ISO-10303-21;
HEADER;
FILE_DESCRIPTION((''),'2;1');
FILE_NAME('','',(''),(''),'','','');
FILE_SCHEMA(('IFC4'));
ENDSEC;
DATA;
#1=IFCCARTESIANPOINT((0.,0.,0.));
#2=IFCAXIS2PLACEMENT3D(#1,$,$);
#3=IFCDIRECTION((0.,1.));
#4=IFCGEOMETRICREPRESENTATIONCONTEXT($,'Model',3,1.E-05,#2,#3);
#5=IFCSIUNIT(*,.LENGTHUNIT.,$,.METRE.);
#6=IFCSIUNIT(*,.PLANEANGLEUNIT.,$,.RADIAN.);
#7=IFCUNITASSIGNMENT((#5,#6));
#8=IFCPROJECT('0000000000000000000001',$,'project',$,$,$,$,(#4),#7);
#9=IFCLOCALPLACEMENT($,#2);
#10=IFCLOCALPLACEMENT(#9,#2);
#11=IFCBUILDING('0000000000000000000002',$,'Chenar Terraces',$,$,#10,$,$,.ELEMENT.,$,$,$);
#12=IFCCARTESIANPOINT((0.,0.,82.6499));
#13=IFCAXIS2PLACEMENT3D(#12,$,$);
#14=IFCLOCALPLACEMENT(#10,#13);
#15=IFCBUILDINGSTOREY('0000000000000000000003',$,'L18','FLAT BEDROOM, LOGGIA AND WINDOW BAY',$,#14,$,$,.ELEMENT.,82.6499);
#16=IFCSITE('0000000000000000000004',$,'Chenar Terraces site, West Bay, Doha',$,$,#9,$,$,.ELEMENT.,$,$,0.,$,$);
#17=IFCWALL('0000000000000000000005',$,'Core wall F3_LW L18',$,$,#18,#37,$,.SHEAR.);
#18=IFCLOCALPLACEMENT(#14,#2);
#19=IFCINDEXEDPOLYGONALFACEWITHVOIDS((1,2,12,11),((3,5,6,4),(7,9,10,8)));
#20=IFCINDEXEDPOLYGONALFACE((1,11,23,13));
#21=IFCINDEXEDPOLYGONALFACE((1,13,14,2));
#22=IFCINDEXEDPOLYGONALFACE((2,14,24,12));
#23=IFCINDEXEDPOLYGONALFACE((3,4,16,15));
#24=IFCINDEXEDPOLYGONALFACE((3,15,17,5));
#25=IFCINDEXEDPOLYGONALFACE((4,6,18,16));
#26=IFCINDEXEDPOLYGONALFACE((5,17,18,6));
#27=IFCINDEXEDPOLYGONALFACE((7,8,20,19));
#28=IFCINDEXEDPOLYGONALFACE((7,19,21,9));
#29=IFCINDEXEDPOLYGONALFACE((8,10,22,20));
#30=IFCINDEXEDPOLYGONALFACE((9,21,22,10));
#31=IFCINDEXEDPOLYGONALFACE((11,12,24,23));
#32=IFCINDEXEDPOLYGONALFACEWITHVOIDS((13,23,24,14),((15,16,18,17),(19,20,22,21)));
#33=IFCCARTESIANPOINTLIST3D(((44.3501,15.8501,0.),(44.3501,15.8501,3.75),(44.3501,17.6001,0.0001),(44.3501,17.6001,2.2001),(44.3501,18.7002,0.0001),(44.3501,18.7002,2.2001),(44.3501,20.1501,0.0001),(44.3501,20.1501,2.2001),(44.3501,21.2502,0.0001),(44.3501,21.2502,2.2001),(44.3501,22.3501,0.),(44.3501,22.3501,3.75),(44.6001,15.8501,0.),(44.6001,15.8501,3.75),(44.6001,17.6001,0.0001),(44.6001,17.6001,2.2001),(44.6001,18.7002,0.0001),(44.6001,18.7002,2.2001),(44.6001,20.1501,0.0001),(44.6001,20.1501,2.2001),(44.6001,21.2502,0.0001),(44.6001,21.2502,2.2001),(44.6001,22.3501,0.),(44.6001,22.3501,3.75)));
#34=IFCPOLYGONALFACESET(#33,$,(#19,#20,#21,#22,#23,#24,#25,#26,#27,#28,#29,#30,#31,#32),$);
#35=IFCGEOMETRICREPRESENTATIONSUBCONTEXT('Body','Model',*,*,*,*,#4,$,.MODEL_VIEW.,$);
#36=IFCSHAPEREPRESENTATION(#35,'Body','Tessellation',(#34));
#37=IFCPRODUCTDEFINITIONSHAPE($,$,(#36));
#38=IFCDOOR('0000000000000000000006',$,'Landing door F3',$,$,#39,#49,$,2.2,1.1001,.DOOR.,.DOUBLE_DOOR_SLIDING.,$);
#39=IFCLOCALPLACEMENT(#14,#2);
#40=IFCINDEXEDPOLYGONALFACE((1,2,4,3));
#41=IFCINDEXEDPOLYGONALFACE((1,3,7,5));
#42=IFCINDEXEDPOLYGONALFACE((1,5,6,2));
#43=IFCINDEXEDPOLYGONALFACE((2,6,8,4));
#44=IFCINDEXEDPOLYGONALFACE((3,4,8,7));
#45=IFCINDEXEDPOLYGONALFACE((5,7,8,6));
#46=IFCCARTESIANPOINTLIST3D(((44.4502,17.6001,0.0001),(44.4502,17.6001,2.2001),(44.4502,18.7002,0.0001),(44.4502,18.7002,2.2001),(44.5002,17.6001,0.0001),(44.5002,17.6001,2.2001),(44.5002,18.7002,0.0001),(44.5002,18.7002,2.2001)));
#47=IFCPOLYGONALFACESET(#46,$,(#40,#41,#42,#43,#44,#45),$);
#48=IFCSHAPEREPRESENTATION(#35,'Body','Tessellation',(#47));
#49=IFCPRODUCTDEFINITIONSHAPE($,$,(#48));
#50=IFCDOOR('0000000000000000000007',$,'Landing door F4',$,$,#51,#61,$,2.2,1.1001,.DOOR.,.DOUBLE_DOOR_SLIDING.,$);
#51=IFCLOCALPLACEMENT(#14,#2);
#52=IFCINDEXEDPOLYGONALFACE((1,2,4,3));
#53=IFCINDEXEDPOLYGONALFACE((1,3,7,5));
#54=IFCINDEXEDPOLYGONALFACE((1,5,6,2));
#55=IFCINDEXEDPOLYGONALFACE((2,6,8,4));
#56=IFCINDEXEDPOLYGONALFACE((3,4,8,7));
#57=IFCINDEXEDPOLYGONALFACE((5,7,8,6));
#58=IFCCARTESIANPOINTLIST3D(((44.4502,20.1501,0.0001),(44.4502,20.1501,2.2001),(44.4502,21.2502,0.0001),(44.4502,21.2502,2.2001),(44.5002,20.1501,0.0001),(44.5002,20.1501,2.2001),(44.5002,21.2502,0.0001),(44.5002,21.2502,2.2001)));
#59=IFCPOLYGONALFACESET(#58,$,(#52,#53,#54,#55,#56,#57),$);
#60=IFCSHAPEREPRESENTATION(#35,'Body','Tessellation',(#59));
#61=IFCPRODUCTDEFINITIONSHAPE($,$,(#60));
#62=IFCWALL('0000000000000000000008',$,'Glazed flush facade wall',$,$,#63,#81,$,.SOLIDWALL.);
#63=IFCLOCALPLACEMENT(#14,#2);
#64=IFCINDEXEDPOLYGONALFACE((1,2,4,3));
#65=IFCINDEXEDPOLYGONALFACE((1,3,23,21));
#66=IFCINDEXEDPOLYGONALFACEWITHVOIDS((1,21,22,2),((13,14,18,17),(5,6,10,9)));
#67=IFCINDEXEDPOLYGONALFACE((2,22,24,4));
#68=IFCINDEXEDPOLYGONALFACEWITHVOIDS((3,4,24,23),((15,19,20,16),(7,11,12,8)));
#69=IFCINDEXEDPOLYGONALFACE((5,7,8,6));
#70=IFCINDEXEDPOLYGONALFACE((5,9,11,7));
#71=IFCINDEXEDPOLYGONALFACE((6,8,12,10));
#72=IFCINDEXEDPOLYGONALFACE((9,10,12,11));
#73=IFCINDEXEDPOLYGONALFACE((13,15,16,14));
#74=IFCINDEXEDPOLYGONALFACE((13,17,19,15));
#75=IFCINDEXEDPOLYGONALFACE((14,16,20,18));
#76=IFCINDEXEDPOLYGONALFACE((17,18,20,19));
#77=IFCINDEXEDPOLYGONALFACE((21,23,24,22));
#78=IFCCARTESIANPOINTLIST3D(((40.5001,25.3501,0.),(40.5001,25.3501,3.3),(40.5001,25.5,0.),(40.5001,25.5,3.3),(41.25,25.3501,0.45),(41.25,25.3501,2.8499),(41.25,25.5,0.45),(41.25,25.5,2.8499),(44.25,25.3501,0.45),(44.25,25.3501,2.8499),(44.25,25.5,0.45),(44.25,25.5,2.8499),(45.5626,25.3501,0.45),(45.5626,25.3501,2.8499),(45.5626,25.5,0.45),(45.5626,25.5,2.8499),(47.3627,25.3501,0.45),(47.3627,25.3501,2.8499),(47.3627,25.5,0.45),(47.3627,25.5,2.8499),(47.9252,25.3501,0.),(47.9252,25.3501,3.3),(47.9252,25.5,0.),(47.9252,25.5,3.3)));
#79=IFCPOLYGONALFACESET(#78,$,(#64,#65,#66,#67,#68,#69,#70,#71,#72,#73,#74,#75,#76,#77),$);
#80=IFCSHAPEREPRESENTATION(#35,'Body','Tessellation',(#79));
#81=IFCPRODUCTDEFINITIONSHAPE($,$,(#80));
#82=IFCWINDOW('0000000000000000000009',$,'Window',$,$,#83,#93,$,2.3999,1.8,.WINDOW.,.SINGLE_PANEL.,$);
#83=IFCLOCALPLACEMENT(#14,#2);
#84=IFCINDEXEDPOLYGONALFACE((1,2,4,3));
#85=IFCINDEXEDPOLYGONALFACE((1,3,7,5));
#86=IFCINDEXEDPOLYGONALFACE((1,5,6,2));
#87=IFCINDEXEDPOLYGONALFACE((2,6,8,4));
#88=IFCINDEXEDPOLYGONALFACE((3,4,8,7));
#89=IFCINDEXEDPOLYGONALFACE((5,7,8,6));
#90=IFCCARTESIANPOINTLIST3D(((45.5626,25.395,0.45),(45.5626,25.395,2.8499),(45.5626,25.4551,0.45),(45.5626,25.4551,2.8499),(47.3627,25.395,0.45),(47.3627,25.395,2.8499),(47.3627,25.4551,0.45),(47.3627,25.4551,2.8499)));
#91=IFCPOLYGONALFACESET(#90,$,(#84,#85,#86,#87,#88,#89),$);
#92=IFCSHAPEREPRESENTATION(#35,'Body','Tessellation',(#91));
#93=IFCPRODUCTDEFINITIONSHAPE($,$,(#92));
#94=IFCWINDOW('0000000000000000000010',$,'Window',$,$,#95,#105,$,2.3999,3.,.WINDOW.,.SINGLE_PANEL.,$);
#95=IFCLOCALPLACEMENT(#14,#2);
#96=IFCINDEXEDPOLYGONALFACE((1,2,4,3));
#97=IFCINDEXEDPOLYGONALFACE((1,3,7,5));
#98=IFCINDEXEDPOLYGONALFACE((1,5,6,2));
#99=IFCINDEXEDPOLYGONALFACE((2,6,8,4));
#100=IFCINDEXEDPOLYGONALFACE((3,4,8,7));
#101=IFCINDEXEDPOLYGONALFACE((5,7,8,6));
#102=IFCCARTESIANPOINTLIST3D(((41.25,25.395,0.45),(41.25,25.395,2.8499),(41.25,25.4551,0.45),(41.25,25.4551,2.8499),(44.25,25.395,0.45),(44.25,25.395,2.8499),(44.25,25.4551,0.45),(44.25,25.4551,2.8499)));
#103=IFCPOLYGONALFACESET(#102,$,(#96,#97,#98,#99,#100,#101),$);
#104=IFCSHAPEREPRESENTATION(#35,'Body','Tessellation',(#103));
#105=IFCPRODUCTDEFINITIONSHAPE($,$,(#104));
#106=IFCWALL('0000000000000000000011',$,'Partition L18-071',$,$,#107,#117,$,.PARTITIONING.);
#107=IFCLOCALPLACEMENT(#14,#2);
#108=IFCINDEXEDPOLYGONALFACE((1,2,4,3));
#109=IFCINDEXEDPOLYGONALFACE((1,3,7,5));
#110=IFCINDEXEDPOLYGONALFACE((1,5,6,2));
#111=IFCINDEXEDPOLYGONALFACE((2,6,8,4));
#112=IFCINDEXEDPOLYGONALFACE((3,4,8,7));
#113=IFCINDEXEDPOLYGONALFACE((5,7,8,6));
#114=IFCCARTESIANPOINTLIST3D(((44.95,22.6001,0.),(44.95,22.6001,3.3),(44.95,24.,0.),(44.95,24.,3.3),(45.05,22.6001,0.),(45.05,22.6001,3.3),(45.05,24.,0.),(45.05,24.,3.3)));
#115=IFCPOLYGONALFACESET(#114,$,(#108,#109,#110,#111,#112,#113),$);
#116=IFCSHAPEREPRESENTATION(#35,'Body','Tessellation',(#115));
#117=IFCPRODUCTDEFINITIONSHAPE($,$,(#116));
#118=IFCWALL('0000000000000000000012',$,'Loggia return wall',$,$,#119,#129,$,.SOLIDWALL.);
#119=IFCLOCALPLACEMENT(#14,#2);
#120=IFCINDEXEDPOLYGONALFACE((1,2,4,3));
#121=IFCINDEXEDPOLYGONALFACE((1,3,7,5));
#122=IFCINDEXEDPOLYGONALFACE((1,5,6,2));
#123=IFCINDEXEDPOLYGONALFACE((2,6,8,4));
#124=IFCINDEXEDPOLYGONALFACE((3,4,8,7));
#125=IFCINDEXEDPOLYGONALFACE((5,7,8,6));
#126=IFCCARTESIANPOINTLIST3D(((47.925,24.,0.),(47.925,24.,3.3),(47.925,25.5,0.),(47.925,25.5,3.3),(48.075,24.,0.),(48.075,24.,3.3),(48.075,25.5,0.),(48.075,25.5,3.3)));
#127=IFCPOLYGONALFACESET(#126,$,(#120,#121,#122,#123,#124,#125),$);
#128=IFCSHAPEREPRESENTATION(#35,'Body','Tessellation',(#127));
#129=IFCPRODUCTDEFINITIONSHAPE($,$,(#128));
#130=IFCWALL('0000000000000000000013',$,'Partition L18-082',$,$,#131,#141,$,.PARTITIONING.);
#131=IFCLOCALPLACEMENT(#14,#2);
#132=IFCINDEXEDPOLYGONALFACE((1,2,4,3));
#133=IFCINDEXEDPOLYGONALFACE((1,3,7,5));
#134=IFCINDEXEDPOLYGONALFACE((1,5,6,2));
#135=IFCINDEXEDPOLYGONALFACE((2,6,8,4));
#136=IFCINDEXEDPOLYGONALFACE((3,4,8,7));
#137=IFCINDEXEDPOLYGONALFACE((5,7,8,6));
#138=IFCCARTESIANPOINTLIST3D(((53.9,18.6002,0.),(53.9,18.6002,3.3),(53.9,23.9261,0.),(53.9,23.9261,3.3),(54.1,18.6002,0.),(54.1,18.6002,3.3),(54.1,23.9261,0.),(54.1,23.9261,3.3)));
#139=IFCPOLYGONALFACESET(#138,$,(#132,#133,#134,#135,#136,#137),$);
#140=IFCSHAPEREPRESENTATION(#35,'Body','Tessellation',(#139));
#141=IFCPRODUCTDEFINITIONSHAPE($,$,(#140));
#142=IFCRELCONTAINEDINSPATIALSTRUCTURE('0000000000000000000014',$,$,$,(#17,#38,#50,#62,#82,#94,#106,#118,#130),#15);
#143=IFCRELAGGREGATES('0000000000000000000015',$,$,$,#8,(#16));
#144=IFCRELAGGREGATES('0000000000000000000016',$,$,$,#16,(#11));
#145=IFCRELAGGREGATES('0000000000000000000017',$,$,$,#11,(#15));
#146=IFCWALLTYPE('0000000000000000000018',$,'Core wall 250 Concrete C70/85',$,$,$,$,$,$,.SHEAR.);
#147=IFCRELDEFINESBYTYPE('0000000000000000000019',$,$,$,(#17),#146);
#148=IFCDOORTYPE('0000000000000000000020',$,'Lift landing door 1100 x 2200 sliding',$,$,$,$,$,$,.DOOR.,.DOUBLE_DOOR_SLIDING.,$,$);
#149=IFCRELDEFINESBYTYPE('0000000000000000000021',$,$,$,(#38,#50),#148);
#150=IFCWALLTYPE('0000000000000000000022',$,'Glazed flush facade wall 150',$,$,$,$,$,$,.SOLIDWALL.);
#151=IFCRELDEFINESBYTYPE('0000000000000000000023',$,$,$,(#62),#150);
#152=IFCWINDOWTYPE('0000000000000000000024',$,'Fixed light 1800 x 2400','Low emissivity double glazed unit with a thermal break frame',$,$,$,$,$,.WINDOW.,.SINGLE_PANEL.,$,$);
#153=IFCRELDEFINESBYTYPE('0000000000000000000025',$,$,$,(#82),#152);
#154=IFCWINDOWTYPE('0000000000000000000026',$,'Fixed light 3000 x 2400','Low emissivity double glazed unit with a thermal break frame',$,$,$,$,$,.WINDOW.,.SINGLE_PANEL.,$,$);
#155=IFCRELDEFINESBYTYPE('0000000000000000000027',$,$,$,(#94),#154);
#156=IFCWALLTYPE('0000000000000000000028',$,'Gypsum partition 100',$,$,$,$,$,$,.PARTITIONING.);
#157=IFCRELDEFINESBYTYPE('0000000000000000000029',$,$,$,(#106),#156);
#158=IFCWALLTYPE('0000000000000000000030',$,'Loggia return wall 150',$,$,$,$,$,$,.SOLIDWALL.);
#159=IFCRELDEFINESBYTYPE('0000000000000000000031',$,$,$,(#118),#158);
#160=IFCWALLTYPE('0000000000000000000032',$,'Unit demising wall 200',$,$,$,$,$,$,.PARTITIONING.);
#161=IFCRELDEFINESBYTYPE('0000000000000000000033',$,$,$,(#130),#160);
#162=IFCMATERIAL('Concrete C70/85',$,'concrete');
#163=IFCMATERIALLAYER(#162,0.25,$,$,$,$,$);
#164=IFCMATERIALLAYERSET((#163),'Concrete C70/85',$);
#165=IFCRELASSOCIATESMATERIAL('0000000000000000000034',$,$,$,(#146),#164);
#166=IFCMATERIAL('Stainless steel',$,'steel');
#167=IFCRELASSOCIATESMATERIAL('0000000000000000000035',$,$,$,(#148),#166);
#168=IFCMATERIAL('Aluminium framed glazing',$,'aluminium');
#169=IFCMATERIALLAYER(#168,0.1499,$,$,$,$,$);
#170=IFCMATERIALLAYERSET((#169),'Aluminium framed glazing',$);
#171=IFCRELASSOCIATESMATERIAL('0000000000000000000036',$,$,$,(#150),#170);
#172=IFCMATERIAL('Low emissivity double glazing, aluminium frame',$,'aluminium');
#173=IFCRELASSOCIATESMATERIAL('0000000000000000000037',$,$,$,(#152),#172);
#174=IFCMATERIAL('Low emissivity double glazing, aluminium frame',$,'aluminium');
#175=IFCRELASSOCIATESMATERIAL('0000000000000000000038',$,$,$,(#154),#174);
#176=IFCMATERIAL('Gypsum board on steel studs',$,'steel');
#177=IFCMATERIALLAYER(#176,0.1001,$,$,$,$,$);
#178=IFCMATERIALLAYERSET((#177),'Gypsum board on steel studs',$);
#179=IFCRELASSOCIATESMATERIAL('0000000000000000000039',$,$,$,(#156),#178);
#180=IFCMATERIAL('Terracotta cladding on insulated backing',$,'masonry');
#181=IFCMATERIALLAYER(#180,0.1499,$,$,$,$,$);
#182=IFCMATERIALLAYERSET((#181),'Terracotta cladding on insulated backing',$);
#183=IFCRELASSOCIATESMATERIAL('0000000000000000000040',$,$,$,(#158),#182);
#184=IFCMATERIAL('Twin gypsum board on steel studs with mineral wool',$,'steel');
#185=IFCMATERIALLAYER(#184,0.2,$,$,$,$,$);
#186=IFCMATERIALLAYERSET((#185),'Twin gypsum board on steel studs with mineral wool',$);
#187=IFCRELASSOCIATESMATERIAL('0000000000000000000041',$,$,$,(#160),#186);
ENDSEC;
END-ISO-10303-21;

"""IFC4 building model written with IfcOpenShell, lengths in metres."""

from ifc_helpers import new_model, si_unit, direction, frame, frame_2d, origin, place, context, subcontext, project, spatial, rectangle, extrude, material, layer, layer_set, type_object, element, fill, save


model = new_model("IFC4")

# Units and contexts
model_context = context("Model", 3, precision=1e-05, world=origin(), true_north=direction((0.0, 1.0)))
body_context = subcontext(model_context, "Body", "Model", "MODEL_VIEW")
ifc_project = project(units=[si_unit("LENGTHUNIT", "METRE"), si_unit("PLANEANGLEUNIT", "RADIAN")], contexts=[model_context])

# Site, building, storey
site_placement = place(None, origin())
site = spatial("IfcSite", under=ifc_project, at=site_placement, Name="Chenar Terraces site, West Bay, Doha", CompositionType="ELEMENT", RefElevation=0.0)
building_placement = place(site_placement, origin())
building = spatial("IfcBuilding", under=site, at=building_placement, Name="Chenar Terraces", CompositionType="ELEMENT")
storey_placement = place(building_placement, frame((0.0, 0.0, 82.6499)))
storey = spatial("IfcBuildingStorey", under=building, at=storey_placement, Name="L18", Description="FLAT BEDROOM, LOGGIA AND WINDOW BAY", CompositionType="ELEMENT", Elevation=82.6499)

# Shared definitions
ifc_material_1 = material(Name="Concrete C70/85", Category="concrete")
ifc_layer_1 = layer(ifc_material_1, 0.25)
ifc_layer_set_1 = layer_set([ifc_layer_1], Name="Concrete C70/85")
wall_type_1 = type_object("IfcWallType", Name="Core wall 250 Concrete C70/85", PredefinedType="SHEAR", material=ifc_layer_set_1)

# Wall, openings, doors
wall_1_placement = place(storey_placement, frame((44.4751, 15.8501, 0.0), z_axis=(0.0, 0.0, 1.0), x_axis=(0.0, 1.0, 0.0)))
wall_1 = element("IfcWall", 1, at=wall_1_placement, inside=storey, type_object=wall_type_1, Name="Core wall F3_LW L18", PredefinedType="SHEAR", context=body_context, shape_type="SweptSolid", body=[
    extrude(rectangle(XDim=6.5, YDim=0.25, at=frame_2d((3.25, 0.0))), origin(), (0.0, 0.0, 1.0), 3.75),
])
opening_1_placement = place(wall_1_placement, frame((1.75, 0.0, 0.0)))
opening_1 = element("IfcOpeningElement", 2, at=opening_1_placement, cuts=wall_1, PredefinedType="OPENING", context=body_context, shape_type="SweptSolid", body=[
    extrude(rectangle(XDim=1.1001, YDim=2.2, at=frame_2d((0.55, 1.1001))), frame((0.0, 0.135, 0.0), z_axis=(0.0, -1.0, 0.0), x_axis=(1.0, 0.0, 0.0)), (0.0, 0.0, 1.0), 0.27),
])
opening_2_placement = place(wall_1_placement, frame((4.3, 0.0, 0.0)))
opening_2 = element("IfcOpeningElement", 3, at=opening_2_placement, cuts=wall_1, PredefinedType="OPENING", context=body_context, shape_type="SweptSolid", body=[
    extrude(rectangle(XDim=1.1001, YDim=2.2, at=frame_2d((0.55, 1.1001))), frame((0.0, 0.135, 0.0), z_axis=(0.0, -1.0, 0.0), x_axis=(1.0, 0.0, 0.0)), (0.0, 0.0, 1.0), 0.27),
])
ifc_material_2 = material(Name="Stainless steel", Category="steel")
door_type_1 = type_object("IfcDoorType", Name="Lift landing door 1100 x 2200 sliding", OperationType="DOUBLE_DOOR_SLIDING", PredefinedType="DOOR", material=ifc_material_2)
door_1_placement = place(opening_1_placement, origin())
door_1 = element("IfcDoor", 4, at=door_1_placement, inside=storey, type_object=door_type_1, Name="Landing door F3", OperationType="DOUBLE_DOOR_SLIDING", OverallHeight=2.2, OverallWidth=1.1001, PredefinedType="DOOR", context=body_context, shape_type="SweptSolid", body=[
    extrude(rectangle(XDim=1.1001, YDim=2.2, at=frame_2d((0.55, 1.1001))), frame((0.0, 0.0249, 0.0), z_axis=(0.0, -1.0, 0.0), x_axis=(1.0, 0.0, 0.0)), (0.0, 0.0, 1.0), 0.05),
])
fill(opening_1, door_1)
door_2_placement = place(opening_2_placement, origin())
door_2 = element("IfcDoor", 5, at=door_2_placement, inside=storey, type_object=door_type_1, Name="Landing door F4", OperationType="DOUBLE_DOOR_SLIDING", OverallHeight=2.2, OverallWidth=1.1001, PredefinedType="DOOR", context=body_context, shape_type="SweptSolid", body=[
    extrude(rectangle(XDim=1.1001, YDim=2.2, at=frame_2d((0.55, 1.1001))), frame((0.0, 0.0249, 0.0), z_axis=(0.0, -1.0, 0.0), x_axis=(1.0, 0.0, 0.0)), (0.0, 0.0, 1.0), 0.05),
])
fill(opening_2, door_2)

# Wall, openings, windows
ifc_material_3 = material(Name="Aluminium framed glazing", Category="aluminium")
ifc_layer_2 = layer(ifc_material_3, 0.1499)
ifc_layer_set_2 = layer_set([ifc_layer_2], Name="Aluminium framed glazing")
wall_type_2 = type_object("IfcWallType", Name="Glazed flush facade wall 150", PredefinedType="SOLIDWALL", material=ifc_layer_set_2)
wall_2_placement = place(storey_placement, frame((47.925, 25.425, 0.0), z_axis=(0.0, 0.0, 1.0), x_axis=(-1.0, 0.0, 0.0)))
wall_2 = element("IfcWall", 6, at=wall_2_placement, inside=storey, type_object=wall_type_2, Name="Glazed flush facade wall", PredefinedType="SOLIDWALL", context=body_context, shape_type="SweptSolid", body=[
    extrude(rectangle(XDim=7.425, YDim=0.1499, at=frame_2d((3.7124, 0.0))), origin(), (0.0, 0.0, 1.0), 3.3),
])
opening_3_placement = place(wall_2_placement, frame((0.5625, 0.0, 0.45)))
opening_3 = element("IfcOpeningElement", 7, at=opening_3_placement, cuts=wall_2, PredefinedType="OPENING", context=body_context, shape_type="SweptSolid", body=[
    extrude(rectangle(XDim=1.8, YDim=2.3999, at=frame_2d((0.8999, 1.2))), frame((0.0, 0.085, 0.0), z_axis=(0.0, -1.0, 0.0), x_axis=(1.0, 0.0, 0.0)), (0.0, 0.0, 1.0), 0.1699),
])
opening_4_placement = place(wall_2_placement, frame((3.675, 0.0, 0.45)))
opening_4 = element("IfcOpeningElement", 8, at=opening_4_placement, cuts=wall_2, PredefinedType="OPENING", context=body_context, shape_type="SweptSolid", body=[
    extrude(rectangle(XDim=3.0, YDim=2.3999, at=frame_2d((1.5, 1.2))), frame((0.0, 0.085, 0.0), z_axis=(0.0, -1.0, 0.0), x_axis=(1.0, 0.0, 0.0)), (0.0, 0.0, 1.0), 0.1699),
])
ifc_material_4 = material(Name="Low emissivity double glazing, aluminium frame", Category="aluminium")
window_type_1 = type_object("IfcWindowType", Name="Fixed light 1800 x 2400", Description="Low emissivity double glazed unit with a thermal break frame", PartitioningType="SINGLE_PANEL", PredefinedType="WINDOW", material=ifc_material_4)
window_1_placement = place(opening_3_placement, origin())
window_1 = element("IfcWindow", 9, at=window_1_placement, inside=storey, type_object=window_type_1, Name="Window", OverallHeight=2.3999, OverallWidth=1.8, PartitioningType="SINGLE_PANEL", PredefinedType="WINDOW", context=body_context, shape_type="SweptSolid", body=[
    extrude(rectangle(XDim=1.8, YDim=2.3999, at=frame_2d((0.8999, 1.2))), frame((0.0, 0.03, 0.0), z_axis=(0.0, -1.0, 0.0), x_axis=(1.0, 0.0, 0.0)), (0.0, 0.0, 1.0), 0.0601),
])
fill(opening_3, window_1)
ifc_material_5 = material(Name="Low emissivity double glazing, aluminium frame", Category="aluminium")
window_type_2 = type_object("IfcWindowType", Name="Fixed light 3000 x 2400", Description="Low emissivity double glazed unit with a thermal break frame", PartitioningType="SINGLE_PANEL", PredefinedType="WINDOW", material=ifc_material_5)
window_2_placement = place(opening_4_placement, origin())
window_2 = element("IfcWindow", 10, at=window_2_placement, inside=storey, type_object=window_type_2, Name="Window", OverallHeight=2.3999, OverallWidth=3.0, PartitioningType="SINGLE_PANEL", PredefinedType="WINDOW", context=body_context, shape_type="SweptSolid", body=[
    extrude(rectangle(XDim=3.0, YDim=2.3999, at=frame_2d((1.5, 1.2))), frame((0.0, 0.03, 0.0), z_axis=(0.0, -1.0, 0.0), x_axis=(1.0, 0.0, 0.0)), (0.0, 0.0, 1.0), 0.0601),
])
fill(opening_4, window_2)

# Walls
ifc_material_6 = material(Name="Gypsum board on steel studs", Category="steel")
ifc_layer_3 = layer(ifc_material_6, 0.1001)
ifc_layer_set_3 = layer_set([ifc_layer_3], Name="Gypsum board on steel studs")
wall_type_3 = type_object("IfcWallType", Name="Gypsum partition 100", PredefinedType="PARTITIONING", material=ifc_layer_set_3)
wall_3_placement = place(storey_placement, frame((45.0, 22.6001, 0.0), z_axis=(0.0, 0.0, 1.0), x_axis=(0.0, 1.0, 0.0)))
element("IfcWall", 11, at=wall_3_placement, inside=storey, type_object=wall_type_3, Name="Partition L18-071", PredefinedType="PARTITIONING", context=body_context, shape_type="SweptSolid", body=[
    extrude(rectangle(XDim=1.3999, YDim=0.1001, at=frame_2d((0.7, 0.0))), origin(), (0.0, 0.0, 1.0), 3.3),
])
ifc_material_7 = material(Name="Terracotta cladding on insulated backing", Category="masonry")
ifc_layer_4 = layer(ifc_material_7, 0.1499)
ifc_layer_set_4 = layer_set([ifc_layer_4], Name="Terracotta cladding on insulated backing")
wall_type_4 = type_object("IfcWallType", Name="Loggia return wall 150", PredefinedType="SOLIDWALL", material=ifc_layer_set_4)
wall_4_placement = place(storey_placement, frame((48.0, 25.5, 0.0), z_axis=(0.0, 0.0, 1.0), x_axis=(0.0, -1.0, 0.0)))
element("IfcWall", 12, at=wall_4_placement, inside=storey, type_object=wall_type_4, Name="Loggia return wall", PredefinedType="SOLIDWALL", context=body_context, shape_type="SweptSolid", body=[
    extrude(rectangle(XDim=1.5, YDim=0.1499, at=frame_2d((0.75, 0.0))), origin(), (0.0, 0.0, 1.0), 3.3),
])
ifc_material_8 = material(Name="Twin gypsum board on steel studs with mineral wool", Category="steel")
ifc_layer_5 = layer(ifc_material_8, 0.2)
ifc_layer_set_5 = layer_set([ifc_layer_5], Name="Twin gypsum board on steel studs with mineral wool")
wall_type_5 = type_object("IfcWallType", Name="Unit demising wall 200", PredefinedType="PARTITIONING", material=ifc_layer_set_5)
wall_5_placement = place(storey_placement, frame((54.0, 18.6001, 0.0), z_axis=(0.0, 0.0, 1.0), x_axis=(0.0, 1.0, 0.0)))
element("IfcWall", 13, at=wall_5_placement, inside=storey, type_object=wall_type_5, Name="Partition L18-082", PredefinedType="PARTITIONING", context=body_context, shape_type="SweptSolid", body=[
    extrude(rectangle(XDim=5.3259, YDim=0.2, at=frame_2d((2.6631, 0.0))), origin(), (0.0, 0.0, 1.0), 3.3),
])

save(model, "model.ifc")
